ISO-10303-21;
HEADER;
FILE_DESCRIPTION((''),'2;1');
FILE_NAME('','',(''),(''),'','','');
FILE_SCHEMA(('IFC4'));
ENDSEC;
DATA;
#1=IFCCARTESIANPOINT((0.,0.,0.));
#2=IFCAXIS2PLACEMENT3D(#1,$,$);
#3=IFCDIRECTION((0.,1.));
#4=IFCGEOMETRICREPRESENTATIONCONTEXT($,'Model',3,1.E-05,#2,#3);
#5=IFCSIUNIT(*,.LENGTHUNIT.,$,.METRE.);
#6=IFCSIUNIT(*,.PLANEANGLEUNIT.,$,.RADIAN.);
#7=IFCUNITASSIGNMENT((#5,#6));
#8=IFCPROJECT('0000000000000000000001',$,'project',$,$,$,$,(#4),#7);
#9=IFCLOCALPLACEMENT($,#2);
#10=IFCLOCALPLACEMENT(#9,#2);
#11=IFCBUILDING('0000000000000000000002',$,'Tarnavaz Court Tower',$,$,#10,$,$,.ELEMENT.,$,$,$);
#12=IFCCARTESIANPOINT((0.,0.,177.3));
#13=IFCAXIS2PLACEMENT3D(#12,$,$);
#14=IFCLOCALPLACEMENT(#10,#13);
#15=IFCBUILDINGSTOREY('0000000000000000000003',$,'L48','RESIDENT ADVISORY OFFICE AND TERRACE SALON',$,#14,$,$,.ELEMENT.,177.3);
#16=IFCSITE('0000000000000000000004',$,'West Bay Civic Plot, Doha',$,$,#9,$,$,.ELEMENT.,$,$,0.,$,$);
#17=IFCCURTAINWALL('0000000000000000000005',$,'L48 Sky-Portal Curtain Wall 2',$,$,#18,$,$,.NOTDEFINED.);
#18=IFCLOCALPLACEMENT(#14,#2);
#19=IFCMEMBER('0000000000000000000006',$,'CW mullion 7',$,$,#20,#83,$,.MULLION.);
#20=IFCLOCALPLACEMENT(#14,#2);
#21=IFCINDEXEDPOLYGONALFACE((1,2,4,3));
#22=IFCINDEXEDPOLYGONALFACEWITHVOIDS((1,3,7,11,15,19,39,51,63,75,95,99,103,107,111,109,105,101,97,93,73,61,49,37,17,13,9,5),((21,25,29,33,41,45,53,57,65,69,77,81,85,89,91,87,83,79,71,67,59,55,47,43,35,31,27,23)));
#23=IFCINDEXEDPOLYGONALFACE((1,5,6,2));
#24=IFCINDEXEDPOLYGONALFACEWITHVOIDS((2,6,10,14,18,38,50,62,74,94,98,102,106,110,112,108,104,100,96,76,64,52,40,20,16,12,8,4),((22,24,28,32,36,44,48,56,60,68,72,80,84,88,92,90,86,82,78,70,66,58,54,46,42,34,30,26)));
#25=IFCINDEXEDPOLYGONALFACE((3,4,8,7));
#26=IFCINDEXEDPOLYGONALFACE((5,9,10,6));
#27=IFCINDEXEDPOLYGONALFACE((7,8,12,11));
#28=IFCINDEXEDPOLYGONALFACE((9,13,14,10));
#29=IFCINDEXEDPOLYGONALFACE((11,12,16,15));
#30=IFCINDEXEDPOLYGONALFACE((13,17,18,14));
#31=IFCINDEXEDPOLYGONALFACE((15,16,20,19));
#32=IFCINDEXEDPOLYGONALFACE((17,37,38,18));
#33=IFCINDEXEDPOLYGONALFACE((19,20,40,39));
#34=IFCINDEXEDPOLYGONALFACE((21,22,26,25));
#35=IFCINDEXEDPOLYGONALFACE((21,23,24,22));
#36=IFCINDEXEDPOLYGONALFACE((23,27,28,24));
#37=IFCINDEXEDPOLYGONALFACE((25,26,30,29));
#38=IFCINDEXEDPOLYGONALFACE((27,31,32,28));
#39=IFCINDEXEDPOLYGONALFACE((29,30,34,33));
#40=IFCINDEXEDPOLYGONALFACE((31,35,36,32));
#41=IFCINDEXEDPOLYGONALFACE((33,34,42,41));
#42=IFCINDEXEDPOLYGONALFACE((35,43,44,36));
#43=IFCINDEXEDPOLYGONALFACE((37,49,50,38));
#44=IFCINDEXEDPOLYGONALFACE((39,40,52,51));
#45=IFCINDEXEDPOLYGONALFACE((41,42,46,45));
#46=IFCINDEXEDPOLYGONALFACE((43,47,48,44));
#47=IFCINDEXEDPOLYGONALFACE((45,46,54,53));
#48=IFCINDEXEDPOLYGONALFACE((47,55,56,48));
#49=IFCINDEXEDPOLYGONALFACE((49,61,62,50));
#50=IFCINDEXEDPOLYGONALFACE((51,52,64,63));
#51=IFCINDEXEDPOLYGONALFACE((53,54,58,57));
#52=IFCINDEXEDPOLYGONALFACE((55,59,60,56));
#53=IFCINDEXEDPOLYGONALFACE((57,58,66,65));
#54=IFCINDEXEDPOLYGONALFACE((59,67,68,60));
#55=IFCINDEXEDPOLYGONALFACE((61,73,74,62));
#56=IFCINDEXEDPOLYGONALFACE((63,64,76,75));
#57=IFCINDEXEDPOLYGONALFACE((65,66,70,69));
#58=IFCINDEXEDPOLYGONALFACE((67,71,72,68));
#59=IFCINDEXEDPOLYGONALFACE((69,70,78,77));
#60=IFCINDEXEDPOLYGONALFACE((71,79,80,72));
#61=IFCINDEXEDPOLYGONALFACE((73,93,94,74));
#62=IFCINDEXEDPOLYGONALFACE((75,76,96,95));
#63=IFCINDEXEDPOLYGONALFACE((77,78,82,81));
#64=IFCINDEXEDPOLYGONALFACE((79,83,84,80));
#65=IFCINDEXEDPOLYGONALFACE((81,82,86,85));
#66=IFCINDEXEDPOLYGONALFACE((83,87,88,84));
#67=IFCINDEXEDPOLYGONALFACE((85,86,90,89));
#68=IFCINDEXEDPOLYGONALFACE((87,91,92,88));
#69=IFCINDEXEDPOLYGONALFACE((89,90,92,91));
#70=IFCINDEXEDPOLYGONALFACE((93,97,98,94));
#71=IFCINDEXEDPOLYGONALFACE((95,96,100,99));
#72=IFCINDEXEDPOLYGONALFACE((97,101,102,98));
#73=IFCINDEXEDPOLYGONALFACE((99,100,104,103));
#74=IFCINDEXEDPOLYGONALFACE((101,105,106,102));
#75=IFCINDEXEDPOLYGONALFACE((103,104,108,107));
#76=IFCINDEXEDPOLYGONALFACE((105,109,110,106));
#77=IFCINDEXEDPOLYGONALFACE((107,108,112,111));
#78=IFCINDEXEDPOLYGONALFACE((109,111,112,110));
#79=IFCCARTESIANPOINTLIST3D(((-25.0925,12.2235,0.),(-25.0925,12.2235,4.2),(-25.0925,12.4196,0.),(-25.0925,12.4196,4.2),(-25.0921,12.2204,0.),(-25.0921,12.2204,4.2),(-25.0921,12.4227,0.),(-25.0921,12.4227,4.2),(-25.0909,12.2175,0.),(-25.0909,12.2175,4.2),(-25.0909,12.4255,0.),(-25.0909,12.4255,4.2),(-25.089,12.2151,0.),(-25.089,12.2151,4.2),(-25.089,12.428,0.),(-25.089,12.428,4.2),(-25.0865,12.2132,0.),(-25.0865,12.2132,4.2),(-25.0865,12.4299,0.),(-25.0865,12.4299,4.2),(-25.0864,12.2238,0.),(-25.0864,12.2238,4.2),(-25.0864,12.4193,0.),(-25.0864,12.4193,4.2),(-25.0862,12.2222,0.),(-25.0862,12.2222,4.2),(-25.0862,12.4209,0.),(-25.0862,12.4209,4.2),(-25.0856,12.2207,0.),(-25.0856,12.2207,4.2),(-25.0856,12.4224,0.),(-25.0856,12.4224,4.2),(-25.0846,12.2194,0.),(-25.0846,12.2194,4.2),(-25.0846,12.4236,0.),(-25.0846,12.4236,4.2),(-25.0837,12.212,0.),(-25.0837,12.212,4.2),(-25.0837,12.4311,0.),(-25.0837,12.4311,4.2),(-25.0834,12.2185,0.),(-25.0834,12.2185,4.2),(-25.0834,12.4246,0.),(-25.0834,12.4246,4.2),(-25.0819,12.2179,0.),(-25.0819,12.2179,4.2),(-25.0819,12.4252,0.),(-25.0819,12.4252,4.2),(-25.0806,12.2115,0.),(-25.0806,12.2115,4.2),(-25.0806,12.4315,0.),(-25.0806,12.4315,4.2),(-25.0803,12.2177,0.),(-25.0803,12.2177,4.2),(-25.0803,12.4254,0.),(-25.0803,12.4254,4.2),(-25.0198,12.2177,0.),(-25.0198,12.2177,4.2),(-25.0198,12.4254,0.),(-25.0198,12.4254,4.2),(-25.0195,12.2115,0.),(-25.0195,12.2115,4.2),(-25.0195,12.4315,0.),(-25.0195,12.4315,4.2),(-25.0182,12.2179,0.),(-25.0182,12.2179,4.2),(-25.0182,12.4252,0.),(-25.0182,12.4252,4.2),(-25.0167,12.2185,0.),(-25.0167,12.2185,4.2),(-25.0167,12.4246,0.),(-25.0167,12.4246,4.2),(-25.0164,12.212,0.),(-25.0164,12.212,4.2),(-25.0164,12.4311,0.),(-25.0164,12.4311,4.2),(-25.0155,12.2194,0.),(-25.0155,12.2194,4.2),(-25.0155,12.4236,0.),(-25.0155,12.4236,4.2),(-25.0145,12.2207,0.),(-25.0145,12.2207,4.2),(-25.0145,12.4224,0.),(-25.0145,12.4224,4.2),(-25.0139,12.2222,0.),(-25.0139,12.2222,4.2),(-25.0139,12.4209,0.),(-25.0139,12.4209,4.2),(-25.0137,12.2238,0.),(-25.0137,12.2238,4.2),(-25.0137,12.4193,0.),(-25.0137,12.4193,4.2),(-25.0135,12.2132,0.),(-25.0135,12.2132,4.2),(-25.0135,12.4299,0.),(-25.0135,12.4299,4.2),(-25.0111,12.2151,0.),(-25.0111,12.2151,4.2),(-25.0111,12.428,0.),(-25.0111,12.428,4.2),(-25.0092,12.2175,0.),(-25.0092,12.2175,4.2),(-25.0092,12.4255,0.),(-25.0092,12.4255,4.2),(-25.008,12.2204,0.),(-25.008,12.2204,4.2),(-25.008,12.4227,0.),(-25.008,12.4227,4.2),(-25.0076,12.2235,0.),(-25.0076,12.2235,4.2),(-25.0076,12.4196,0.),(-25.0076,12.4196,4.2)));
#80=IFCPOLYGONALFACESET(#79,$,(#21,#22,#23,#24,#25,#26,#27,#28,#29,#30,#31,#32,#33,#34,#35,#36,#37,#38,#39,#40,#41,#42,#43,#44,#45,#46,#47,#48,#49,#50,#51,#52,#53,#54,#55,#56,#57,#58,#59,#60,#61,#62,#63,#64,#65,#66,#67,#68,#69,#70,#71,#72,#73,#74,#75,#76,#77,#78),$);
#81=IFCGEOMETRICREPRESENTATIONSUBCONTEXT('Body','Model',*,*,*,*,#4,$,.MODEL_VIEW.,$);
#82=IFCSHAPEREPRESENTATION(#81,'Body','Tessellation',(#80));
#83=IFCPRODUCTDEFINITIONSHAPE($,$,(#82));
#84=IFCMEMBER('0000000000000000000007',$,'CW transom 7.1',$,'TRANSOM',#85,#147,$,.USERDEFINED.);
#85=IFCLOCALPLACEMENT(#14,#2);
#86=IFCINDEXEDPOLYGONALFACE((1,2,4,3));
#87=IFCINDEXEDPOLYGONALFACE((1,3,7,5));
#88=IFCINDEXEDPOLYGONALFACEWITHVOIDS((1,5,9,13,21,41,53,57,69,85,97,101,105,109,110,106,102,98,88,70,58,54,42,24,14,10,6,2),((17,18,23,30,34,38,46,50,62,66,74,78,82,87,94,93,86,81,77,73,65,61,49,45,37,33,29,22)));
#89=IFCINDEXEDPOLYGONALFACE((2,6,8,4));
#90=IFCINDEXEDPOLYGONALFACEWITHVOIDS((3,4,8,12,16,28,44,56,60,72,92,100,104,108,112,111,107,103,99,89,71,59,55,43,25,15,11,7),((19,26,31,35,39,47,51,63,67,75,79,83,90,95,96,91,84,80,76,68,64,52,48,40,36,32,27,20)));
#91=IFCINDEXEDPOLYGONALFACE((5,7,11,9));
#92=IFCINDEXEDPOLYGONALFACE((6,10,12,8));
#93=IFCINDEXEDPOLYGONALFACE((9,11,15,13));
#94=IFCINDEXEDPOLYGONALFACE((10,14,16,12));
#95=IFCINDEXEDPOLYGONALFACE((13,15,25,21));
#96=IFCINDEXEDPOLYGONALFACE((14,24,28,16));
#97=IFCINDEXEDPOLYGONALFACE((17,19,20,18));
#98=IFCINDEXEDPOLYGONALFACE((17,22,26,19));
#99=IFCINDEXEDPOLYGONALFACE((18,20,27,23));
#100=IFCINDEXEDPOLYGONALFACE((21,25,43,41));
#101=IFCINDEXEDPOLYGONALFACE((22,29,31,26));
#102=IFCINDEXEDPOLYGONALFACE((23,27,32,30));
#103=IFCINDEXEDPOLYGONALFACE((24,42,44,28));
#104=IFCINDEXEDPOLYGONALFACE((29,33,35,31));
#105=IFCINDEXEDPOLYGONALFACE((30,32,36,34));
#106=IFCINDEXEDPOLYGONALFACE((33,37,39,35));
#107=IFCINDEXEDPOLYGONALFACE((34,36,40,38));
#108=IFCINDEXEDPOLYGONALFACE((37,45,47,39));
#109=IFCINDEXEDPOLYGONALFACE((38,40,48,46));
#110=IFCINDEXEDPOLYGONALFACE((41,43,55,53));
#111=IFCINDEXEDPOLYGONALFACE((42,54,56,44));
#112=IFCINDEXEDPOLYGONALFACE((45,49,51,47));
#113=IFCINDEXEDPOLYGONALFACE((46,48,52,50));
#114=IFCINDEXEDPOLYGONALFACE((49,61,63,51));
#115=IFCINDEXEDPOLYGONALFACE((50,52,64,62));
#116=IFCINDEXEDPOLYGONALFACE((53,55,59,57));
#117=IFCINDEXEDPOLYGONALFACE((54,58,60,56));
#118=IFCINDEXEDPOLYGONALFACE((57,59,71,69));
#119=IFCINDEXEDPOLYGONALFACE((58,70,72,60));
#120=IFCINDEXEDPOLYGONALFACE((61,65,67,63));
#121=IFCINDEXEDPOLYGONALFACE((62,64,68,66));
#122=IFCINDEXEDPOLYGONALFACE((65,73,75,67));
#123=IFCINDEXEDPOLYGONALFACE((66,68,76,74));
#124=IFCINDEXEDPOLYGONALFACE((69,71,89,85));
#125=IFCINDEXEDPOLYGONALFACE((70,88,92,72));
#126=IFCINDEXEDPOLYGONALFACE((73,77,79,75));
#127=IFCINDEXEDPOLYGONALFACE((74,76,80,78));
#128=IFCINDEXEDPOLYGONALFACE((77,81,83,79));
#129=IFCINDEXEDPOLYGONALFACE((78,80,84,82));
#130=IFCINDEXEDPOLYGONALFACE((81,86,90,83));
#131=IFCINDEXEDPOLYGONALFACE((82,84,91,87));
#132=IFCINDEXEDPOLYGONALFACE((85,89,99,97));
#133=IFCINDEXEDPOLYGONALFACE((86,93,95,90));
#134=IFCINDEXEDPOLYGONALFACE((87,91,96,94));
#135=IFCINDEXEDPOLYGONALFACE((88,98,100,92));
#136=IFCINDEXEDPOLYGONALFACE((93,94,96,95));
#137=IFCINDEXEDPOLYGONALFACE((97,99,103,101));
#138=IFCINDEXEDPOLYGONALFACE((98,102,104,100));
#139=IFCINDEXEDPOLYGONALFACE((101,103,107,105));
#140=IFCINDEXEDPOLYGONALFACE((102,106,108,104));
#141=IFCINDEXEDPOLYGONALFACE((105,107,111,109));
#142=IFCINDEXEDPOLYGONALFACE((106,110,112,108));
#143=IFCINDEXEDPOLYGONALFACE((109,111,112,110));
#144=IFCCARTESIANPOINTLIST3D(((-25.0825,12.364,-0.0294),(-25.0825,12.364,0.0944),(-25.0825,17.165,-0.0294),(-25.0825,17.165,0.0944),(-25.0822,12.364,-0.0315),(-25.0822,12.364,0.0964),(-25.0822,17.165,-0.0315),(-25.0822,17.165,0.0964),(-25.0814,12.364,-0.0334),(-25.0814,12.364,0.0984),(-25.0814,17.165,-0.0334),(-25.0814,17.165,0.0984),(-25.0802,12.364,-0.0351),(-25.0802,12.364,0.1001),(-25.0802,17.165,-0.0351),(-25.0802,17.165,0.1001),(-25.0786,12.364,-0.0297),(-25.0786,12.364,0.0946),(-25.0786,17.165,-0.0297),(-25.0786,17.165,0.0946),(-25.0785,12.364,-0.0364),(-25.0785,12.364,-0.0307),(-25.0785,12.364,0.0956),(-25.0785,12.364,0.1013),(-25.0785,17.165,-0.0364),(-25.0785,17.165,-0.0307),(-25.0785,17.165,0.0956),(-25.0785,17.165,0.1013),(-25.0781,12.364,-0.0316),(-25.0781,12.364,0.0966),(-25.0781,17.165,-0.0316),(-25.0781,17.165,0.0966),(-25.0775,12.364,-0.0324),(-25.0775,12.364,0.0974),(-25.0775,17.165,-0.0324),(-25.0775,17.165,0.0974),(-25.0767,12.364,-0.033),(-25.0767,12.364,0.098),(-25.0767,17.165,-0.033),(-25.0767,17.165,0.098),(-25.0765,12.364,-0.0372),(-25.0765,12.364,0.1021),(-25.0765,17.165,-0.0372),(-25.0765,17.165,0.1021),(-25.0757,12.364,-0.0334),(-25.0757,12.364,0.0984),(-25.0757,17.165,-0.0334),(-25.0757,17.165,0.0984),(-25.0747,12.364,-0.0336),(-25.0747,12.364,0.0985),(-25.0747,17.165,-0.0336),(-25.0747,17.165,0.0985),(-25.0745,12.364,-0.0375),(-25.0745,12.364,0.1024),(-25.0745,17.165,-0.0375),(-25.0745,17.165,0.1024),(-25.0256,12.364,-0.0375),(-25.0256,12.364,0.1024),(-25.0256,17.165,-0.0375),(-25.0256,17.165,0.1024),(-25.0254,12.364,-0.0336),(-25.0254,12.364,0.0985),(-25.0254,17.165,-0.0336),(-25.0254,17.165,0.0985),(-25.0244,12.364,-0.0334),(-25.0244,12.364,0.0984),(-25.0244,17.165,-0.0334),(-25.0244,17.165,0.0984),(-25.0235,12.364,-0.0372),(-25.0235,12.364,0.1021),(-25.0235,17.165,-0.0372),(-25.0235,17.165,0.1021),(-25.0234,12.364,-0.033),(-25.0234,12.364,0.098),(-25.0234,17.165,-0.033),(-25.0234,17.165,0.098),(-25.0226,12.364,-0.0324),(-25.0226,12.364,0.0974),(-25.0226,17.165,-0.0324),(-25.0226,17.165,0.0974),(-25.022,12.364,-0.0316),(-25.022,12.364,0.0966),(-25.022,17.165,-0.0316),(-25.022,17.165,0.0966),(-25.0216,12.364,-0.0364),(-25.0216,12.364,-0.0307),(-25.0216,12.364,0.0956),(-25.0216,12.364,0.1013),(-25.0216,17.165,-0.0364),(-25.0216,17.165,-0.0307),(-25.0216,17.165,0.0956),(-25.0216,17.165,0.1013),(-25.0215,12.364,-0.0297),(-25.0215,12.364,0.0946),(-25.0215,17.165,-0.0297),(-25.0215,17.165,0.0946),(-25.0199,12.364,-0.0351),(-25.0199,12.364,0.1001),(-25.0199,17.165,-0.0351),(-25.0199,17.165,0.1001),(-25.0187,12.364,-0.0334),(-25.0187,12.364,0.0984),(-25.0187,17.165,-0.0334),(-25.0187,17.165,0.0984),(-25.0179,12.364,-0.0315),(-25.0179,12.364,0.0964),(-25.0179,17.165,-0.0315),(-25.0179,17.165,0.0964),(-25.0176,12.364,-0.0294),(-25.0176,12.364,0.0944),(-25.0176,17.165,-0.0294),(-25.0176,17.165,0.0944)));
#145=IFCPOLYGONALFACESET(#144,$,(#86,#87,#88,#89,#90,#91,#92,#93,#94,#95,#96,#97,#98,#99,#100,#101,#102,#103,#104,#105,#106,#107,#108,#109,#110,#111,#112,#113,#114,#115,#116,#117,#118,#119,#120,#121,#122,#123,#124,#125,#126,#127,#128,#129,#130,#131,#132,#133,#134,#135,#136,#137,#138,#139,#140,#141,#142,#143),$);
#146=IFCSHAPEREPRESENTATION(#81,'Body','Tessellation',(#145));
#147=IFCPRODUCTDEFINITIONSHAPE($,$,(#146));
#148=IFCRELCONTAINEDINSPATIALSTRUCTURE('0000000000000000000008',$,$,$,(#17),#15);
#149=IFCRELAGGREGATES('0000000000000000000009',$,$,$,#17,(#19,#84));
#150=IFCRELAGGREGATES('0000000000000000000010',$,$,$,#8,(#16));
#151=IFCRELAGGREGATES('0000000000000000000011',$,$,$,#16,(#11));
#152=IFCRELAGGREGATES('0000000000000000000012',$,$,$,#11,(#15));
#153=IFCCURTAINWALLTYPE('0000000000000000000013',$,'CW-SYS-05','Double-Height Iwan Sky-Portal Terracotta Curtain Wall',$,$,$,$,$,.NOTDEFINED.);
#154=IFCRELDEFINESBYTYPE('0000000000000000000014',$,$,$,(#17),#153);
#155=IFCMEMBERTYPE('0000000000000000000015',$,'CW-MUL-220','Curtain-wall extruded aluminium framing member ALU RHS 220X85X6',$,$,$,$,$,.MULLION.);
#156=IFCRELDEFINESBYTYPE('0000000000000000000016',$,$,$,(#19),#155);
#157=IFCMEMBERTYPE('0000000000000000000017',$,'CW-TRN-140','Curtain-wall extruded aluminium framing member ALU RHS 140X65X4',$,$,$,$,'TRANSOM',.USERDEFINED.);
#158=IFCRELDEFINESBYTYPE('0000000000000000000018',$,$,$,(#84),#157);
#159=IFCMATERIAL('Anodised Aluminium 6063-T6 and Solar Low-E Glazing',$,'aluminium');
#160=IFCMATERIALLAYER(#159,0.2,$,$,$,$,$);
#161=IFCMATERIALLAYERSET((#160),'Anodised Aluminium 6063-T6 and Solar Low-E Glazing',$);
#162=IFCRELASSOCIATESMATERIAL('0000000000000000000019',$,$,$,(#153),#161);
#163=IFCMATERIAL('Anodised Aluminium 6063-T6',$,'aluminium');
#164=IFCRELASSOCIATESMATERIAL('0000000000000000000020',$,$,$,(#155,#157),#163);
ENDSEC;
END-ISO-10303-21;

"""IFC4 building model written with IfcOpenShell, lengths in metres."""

from ifc_helpers import new_model, si_unit, direction, frame, origin, origin_2d, place, context, subcontext, project, spatial, hollow_rectangle, extrude, material, layer, layer_set, material_profile, profile_set, type_object, element, aggregate, save


model = new_model("IFC4")

# Units and contexts
model_context = context("Model", 3, precision=1e-05, world=origin(), true_north=direction((0.0, 1.0)))
body_context = subcontext(model_context, "Body", "Model", "MODEL_VIEW")
ifc_project = project(units=[si_unit("LENGTHUNIT", "METRE"), si_unit("PLANEANGLEUNIT", "RADIAN")], contexts=[model_context])

# Site, building, storey
site_placement = place(None, origin())
site = spatial("IfcSite", under=ifc_project, at=site_placement, Name="West Bay Civic Plot, Doha", CompositionType="ELEMENT", RefElevation=0.0)
building_placement = place(site_placement, origin())
building = spatial("IfcBuilding", under=site, at=building_placement, Name="Tarnavaz Court Tower", CompositionType="ELEMENT")
storey_placement = place(building_placement, frame((0.0, 0.0, 177.3)))
storey = spatial("IfcBuildingStorey", under=building, at=storey_placement, Name="L48", Description="RESIDENT ADVISORY OFFICE AND TERRACE SALON", CompositionType="ELEMENT", Elevation=177.3)

# Curtain wall, members
ifc_material_1 = material(Name="Anodised Aluminium 6063-T6 and Solar Low-E Glazing", Category="aluminium")
ifc_layer_1 = layer(ifc_material_1, 0.2)
ifc_layer_set_1 = layer_set([ifc_layer_1], Name="Anodised Aluminium 6063-T6 and Solar Low-E Glazing")
curtain_wall_type = type_object("IfcCurtainWallType", Name="CW-SYS-05", Description="Double-Height Iwan Sky-Portal Terracotta Curtain Wall", PredefinedType="NOTDEFINED", material=ifc_layer_set_1)
curtain_wall_placement = place(storey_placement, origin())
curtain_wall = element("IfcCurtainWall", 1, at=curtain_wall_placement, inside=storey, type_object=curtain_wall_type, Name="L48 Sky-Portal Curtain Wall 2", PredefinedType="NOTDEFINED")
ifc_material_2 = material(Name="Anodised Aluminium 6063-T6", Category="aluminium")
ifc_material_profile_1 = material_profile(ifc_material_2, hollow_rectangle(XDim=0.085, YDim=0.22, WallThickness=0.0061, InnerFilletRadius=0.0061, OuterFilletRadius=0.012, at=origin_2d()), Name="ALU RHS 220X85X6")
ifc_profile_set_1 = profile_set([ifc_material_profile_1], Name="Anodised Aluminium 6063-T6")
member_type_1 = type_object("IfcMemberType", Name="CW-MUL-220", Description="Curtain-wall extruded aluminium framing member ALU RHS 220X85X6", PredefinedType="MULLION", material=ifc_profile_set_1)
member_1_placement = place(storey_placement, frame((-25.05, 12.3215, 0.0), z_axis=(0.0, 0.0, 1.0), x_axis=(-1.0, 0.0, 0.0)))
member_1 = element("IfcMember", 2, at=member_1_placement, type_object=member_type_1, Name="CW mullion 7", PredefinedType="MULLION", context=body_context, shape_type="SweptSolid", body=[
    extrude(hollow_rectangle(XDim=0.085, YDim=0.22, WallThickness=0.0061, InnerFilletRadius=0.0061, OuterFilletRadius=0.012, at=origin_2d()), origin(), (0.0, 0.0, 1.0), 4.2),
])
ifc_material_profile_2 = material_profile(ifc_material_2, hollow_rectangle(XDim=0.0649, YDim=0.1399, WallThickness=0.0039, InnerFilletRadius=0.0039, OuterFilletRadius=0.0081, at=origin_2d()), Name="ALU RHS 140X65X4")
ifc_profile_set_2 = profile_set([ifc_material_profile_2], Name="Anodised Aluminium 6063-T6")
member_type_2 = type_object("IfcMemberType", Name="CW-TRN-140", Description="Curtain-wall extruded aluminium framing member ALU RHS 140X65X4", ElementType="TRANSOM", PredefinedType="USERDEFINED", material=ifc_profile_set_2)
member_2_placement = place(storey_placement, frame((-25.05, 12.364, 0.0325), z_axis=(0.0, 1.0, 0.0), x_axis=(-1.0, 0.0, 0.0)))
member_2 = element("IfcMember", 3, at=member_2_placement, type_object=member_type_2, Name="CW transom 7.1", ObjectType="TRANSOM", PredefinedType="USERDEFINED", context=body_context, shape_type="SweptSolid", body=[
    extrude(hollow_rectangle(XDim=0.0649, YDim=0.1399, WallThickness=0.0039, InnerFilletRadius=0.0039, OuterFilletRadius=0.0081, at=origin_2d()), origin(), (0.0, 0.0, 1.0), 4.801),
])
aggregate(curtain_wall, [member_1, member_2])

save(model, "model.ifc")
